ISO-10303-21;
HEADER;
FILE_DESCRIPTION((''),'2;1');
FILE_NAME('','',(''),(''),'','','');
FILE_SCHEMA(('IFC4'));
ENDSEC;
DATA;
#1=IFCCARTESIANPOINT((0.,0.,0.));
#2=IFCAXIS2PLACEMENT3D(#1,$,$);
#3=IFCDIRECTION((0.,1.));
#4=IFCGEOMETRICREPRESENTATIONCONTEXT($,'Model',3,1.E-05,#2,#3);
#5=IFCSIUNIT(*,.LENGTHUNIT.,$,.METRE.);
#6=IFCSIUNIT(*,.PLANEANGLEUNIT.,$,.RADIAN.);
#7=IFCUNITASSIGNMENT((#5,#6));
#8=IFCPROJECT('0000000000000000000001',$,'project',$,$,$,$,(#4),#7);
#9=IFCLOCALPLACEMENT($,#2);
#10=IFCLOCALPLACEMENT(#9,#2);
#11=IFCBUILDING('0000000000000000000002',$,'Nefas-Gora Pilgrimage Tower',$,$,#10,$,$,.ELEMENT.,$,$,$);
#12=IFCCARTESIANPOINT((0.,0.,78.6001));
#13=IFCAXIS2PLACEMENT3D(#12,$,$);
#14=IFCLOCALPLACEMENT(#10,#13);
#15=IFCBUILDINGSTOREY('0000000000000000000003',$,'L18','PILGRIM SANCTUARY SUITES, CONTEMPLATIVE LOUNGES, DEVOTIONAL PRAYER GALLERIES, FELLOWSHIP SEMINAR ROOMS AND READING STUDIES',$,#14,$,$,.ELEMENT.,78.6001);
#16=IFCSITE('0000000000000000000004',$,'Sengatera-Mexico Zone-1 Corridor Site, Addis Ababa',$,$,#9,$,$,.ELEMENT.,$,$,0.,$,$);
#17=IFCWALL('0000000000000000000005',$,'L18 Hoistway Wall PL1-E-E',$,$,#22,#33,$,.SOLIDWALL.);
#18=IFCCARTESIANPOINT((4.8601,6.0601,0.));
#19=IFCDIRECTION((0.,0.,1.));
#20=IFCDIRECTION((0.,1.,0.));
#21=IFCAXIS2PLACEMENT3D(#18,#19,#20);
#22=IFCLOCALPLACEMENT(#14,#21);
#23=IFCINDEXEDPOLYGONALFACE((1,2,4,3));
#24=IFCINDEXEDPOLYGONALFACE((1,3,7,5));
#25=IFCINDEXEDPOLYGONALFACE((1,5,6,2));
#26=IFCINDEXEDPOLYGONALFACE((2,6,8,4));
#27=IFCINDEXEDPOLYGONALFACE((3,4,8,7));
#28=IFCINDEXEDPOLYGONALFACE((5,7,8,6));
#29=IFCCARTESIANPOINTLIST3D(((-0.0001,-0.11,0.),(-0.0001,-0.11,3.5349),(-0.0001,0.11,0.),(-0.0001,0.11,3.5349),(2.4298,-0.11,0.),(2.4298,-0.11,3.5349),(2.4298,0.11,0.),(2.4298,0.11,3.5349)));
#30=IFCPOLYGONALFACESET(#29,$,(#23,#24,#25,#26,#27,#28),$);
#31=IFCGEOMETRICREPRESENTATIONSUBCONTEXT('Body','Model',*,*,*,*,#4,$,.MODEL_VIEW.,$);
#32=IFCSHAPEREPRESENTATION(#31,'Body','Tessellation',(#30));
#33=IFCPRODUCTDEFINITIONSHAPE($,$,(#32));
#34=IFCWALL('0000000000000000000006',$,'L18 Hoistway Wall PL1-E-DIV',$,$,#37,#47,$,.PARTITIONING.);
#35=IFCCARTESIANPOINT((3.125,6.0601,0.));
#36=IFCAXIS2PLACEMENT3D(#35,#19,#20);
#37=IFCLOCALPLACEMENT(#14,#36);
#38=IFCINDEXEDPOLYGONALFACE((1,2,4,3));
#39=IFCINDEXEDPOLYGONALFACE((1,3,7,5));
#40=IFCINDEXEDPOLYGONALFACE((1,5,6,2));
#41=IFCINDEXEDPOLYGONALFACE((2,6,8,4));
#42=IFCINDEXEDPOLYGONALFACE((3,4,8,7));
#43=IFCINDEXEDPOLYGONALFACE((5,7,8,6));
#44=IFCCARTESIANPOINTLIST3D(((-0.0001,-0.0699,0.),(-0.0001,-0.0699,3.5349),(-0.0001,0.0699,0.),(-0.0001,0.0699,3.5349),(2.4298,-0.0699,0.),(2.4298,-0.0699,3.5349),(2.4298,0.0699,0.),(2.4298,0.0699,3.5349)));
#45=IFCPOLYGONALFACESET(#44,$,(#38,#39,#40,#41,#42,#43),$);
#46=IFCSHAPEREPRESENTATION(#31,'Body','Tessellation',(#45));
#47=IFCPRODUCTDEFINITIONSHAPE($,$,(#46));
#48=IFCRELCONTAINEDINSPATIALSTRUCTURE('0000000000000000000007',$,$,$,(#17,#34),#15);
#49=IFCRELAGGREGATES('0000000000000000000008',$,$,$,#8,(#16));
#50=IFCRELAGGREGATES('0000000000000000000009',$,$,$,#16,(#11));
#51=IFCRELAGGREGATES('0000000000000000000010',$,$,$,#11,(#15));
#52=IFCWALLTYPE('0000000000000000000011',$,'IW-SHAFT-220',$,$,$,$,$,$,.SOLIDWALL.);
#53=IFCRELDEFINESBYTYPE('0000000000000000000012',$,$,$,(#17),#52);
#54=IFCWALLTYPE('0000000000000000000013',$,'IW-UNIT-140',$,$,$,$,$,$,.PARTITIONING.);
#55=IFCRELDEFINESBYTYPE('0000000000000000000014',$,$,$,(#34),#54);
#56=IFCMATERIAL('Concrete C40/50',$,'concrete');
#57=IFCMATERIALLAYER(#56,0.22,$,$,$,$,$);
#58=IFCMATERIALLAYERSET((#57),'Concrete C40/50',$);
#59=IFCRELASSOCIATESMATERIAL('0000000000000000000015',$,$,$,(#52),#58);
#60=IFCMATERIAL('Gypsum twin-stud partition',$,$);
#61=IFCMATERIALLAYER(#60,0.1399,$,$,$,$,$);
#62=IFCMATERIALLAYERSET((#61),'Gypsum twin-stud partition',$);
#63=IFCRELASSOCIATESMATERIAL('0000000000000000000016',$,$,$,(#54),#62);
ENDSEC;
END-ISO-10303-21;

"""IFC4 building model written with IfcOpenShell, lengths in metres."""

from ifc_helpers import new_model, si_unit, direction, frame, frame_2d, origin, place, context, subcontext, project, spatial, rectangle, extrude, source, transform, mapped, material, layer, layer_set, type_object, element, save


model = new_model("IFC4")

# Units and contexts
model_context = context("Model", 3, precision=1e-05, world=origin(), true_north=direction((0.0, 1.0)))
body_context = subcontext(model_context, "Body", "Model", "MODEL_VIEW")
ifc_project = project(units=[si_unit("LENGTHUNIT", "METRE"), si_unit("PLANEANGLEUNIT", "RADIAN")], contexts=[model_context])

# Site, building, storey
site_placement = place(None, origin())
site = spatial("IfcSite", under=ifc_project, at=site_placement, Name="Sengatera-Mexico Zone-1 Corridor Site, Addis Ababa", CompositionType="ELEMENT", RefElevation=0.0)
building_placement = place(site_placement, origin())
building = spatial("IfcBuilding", under=site, at=building_placement, Name="Nefas-Gora Pilgrimage Tower", CompositionType="ELEMENT")
storey_placement = place(building_placement, frame((0.0, 0.0, 78.6001)))
storey = spatial("IfcBuildingStorey", under=building, at=storey_placement, Name="L18", Description="PILGRIM SANCTUARY SUITES, CONTEMPLATIVE LOUNGES, DEVOTIONAL PRAYER GALLERIES, FELLOWSHIP SEMINAR ROOMS AND READING STUDIES", CompositionType="ELEMENT", Elevation=78.6001)

# Shared definitions
ifc_material_1 = material(Name="Concrete C40/50", Category="concrete")
ifc_layer_1 = layer(ifc_material_1, 0.22)
ifc_layer_set_1 = layer_set([ifc_layer_1], Name="Concrete C40/50")
wall_type_1 = type_object("IfcWallType", Name="IW-SHAFT-220", PredefinedType="SOLIDWALL", material=ifc_layer_set_1)

# Walls
shared_shape_1 = source(origin(), body_context, "Body", "SweptSolid", [
    extrude(rectangle(XDim=2.4299, YDim=0.22, at=frame_2d((1.2148, 0.0))), origin(), (0.0, 0.0, 1.0), 3.5349),
])
wall_1_placement = place(storey_placement, frame((4.8601, 6.0601, 0.0), z_axis=(0.0, 0.0, 1.0), x_axis=(0.0, 1.0, 0.0)))
element("IfcWall", 1, at=wall_1_placement, inside=storey, type_object=wall_type_1, Name="L18 Hoistway Wall PL1-E-E", PredefinedType="SOLIDWALL", context=body_context, shape_type="MappedRepresentation", body=[
    mapped(shared_shape_1, transform((0.0, 0.0, 0.0), x_axis=(1.0, 0.0, 0.0), y_axis=(0.0, 1.0, 0.0), z_axis=(0.0, 0.0, 1.0), scale=1.0)),
])
ifc_material_2 = material(Name="Gypsum twin-stud partition")
ifc_layer_2 = layer(ifc_material_2, 0.1399)
ifc_layer_set_2 = layer_set([ifc_layer_2], Name="Gypsum twin-stud partition")
wall_type_2 = type_object("IfcWallType", Name="IW-UNIT-140", PredefinedType="PARTITIONING", material=ifc_layer_set_2)
shared_shape_2 = source(origin(), body_context, "Body", "SweptSolid", [
    extrude(rectangle(XDim=2.4299, YDim=0.1399, at=frame_2d((1.2148, 0.0))), origin(), (0.0, 0.0, 1.0), 3.5349),
])
wall_2_placement = place(storey_placement, frame((3.125, 6.0601, 0.0), z_axis=(0.0, 0.0, 1.0), x_axis=(0.0, 1.0, 0.0)))
element("IfcWall", 2, at=wall_2_placement, inside=storey, type_object=wall_type_2, Name="L18 Hoistway Wall PL1-E-DIV", PredefinedType="PARTITIONING", context=body_context, shape_type="MappedRepresentation", body=[
    mapped(shared_shape_2, transform((0.0, 0.0, 0.0), x_axis=(1.0, 0.0, 0.0), y_axis=(0.0, 1.0, 0.0), z_axis=(0.0, 0.0, 1.0), scale=1.0)),
])

save(model, "model.ifc")
